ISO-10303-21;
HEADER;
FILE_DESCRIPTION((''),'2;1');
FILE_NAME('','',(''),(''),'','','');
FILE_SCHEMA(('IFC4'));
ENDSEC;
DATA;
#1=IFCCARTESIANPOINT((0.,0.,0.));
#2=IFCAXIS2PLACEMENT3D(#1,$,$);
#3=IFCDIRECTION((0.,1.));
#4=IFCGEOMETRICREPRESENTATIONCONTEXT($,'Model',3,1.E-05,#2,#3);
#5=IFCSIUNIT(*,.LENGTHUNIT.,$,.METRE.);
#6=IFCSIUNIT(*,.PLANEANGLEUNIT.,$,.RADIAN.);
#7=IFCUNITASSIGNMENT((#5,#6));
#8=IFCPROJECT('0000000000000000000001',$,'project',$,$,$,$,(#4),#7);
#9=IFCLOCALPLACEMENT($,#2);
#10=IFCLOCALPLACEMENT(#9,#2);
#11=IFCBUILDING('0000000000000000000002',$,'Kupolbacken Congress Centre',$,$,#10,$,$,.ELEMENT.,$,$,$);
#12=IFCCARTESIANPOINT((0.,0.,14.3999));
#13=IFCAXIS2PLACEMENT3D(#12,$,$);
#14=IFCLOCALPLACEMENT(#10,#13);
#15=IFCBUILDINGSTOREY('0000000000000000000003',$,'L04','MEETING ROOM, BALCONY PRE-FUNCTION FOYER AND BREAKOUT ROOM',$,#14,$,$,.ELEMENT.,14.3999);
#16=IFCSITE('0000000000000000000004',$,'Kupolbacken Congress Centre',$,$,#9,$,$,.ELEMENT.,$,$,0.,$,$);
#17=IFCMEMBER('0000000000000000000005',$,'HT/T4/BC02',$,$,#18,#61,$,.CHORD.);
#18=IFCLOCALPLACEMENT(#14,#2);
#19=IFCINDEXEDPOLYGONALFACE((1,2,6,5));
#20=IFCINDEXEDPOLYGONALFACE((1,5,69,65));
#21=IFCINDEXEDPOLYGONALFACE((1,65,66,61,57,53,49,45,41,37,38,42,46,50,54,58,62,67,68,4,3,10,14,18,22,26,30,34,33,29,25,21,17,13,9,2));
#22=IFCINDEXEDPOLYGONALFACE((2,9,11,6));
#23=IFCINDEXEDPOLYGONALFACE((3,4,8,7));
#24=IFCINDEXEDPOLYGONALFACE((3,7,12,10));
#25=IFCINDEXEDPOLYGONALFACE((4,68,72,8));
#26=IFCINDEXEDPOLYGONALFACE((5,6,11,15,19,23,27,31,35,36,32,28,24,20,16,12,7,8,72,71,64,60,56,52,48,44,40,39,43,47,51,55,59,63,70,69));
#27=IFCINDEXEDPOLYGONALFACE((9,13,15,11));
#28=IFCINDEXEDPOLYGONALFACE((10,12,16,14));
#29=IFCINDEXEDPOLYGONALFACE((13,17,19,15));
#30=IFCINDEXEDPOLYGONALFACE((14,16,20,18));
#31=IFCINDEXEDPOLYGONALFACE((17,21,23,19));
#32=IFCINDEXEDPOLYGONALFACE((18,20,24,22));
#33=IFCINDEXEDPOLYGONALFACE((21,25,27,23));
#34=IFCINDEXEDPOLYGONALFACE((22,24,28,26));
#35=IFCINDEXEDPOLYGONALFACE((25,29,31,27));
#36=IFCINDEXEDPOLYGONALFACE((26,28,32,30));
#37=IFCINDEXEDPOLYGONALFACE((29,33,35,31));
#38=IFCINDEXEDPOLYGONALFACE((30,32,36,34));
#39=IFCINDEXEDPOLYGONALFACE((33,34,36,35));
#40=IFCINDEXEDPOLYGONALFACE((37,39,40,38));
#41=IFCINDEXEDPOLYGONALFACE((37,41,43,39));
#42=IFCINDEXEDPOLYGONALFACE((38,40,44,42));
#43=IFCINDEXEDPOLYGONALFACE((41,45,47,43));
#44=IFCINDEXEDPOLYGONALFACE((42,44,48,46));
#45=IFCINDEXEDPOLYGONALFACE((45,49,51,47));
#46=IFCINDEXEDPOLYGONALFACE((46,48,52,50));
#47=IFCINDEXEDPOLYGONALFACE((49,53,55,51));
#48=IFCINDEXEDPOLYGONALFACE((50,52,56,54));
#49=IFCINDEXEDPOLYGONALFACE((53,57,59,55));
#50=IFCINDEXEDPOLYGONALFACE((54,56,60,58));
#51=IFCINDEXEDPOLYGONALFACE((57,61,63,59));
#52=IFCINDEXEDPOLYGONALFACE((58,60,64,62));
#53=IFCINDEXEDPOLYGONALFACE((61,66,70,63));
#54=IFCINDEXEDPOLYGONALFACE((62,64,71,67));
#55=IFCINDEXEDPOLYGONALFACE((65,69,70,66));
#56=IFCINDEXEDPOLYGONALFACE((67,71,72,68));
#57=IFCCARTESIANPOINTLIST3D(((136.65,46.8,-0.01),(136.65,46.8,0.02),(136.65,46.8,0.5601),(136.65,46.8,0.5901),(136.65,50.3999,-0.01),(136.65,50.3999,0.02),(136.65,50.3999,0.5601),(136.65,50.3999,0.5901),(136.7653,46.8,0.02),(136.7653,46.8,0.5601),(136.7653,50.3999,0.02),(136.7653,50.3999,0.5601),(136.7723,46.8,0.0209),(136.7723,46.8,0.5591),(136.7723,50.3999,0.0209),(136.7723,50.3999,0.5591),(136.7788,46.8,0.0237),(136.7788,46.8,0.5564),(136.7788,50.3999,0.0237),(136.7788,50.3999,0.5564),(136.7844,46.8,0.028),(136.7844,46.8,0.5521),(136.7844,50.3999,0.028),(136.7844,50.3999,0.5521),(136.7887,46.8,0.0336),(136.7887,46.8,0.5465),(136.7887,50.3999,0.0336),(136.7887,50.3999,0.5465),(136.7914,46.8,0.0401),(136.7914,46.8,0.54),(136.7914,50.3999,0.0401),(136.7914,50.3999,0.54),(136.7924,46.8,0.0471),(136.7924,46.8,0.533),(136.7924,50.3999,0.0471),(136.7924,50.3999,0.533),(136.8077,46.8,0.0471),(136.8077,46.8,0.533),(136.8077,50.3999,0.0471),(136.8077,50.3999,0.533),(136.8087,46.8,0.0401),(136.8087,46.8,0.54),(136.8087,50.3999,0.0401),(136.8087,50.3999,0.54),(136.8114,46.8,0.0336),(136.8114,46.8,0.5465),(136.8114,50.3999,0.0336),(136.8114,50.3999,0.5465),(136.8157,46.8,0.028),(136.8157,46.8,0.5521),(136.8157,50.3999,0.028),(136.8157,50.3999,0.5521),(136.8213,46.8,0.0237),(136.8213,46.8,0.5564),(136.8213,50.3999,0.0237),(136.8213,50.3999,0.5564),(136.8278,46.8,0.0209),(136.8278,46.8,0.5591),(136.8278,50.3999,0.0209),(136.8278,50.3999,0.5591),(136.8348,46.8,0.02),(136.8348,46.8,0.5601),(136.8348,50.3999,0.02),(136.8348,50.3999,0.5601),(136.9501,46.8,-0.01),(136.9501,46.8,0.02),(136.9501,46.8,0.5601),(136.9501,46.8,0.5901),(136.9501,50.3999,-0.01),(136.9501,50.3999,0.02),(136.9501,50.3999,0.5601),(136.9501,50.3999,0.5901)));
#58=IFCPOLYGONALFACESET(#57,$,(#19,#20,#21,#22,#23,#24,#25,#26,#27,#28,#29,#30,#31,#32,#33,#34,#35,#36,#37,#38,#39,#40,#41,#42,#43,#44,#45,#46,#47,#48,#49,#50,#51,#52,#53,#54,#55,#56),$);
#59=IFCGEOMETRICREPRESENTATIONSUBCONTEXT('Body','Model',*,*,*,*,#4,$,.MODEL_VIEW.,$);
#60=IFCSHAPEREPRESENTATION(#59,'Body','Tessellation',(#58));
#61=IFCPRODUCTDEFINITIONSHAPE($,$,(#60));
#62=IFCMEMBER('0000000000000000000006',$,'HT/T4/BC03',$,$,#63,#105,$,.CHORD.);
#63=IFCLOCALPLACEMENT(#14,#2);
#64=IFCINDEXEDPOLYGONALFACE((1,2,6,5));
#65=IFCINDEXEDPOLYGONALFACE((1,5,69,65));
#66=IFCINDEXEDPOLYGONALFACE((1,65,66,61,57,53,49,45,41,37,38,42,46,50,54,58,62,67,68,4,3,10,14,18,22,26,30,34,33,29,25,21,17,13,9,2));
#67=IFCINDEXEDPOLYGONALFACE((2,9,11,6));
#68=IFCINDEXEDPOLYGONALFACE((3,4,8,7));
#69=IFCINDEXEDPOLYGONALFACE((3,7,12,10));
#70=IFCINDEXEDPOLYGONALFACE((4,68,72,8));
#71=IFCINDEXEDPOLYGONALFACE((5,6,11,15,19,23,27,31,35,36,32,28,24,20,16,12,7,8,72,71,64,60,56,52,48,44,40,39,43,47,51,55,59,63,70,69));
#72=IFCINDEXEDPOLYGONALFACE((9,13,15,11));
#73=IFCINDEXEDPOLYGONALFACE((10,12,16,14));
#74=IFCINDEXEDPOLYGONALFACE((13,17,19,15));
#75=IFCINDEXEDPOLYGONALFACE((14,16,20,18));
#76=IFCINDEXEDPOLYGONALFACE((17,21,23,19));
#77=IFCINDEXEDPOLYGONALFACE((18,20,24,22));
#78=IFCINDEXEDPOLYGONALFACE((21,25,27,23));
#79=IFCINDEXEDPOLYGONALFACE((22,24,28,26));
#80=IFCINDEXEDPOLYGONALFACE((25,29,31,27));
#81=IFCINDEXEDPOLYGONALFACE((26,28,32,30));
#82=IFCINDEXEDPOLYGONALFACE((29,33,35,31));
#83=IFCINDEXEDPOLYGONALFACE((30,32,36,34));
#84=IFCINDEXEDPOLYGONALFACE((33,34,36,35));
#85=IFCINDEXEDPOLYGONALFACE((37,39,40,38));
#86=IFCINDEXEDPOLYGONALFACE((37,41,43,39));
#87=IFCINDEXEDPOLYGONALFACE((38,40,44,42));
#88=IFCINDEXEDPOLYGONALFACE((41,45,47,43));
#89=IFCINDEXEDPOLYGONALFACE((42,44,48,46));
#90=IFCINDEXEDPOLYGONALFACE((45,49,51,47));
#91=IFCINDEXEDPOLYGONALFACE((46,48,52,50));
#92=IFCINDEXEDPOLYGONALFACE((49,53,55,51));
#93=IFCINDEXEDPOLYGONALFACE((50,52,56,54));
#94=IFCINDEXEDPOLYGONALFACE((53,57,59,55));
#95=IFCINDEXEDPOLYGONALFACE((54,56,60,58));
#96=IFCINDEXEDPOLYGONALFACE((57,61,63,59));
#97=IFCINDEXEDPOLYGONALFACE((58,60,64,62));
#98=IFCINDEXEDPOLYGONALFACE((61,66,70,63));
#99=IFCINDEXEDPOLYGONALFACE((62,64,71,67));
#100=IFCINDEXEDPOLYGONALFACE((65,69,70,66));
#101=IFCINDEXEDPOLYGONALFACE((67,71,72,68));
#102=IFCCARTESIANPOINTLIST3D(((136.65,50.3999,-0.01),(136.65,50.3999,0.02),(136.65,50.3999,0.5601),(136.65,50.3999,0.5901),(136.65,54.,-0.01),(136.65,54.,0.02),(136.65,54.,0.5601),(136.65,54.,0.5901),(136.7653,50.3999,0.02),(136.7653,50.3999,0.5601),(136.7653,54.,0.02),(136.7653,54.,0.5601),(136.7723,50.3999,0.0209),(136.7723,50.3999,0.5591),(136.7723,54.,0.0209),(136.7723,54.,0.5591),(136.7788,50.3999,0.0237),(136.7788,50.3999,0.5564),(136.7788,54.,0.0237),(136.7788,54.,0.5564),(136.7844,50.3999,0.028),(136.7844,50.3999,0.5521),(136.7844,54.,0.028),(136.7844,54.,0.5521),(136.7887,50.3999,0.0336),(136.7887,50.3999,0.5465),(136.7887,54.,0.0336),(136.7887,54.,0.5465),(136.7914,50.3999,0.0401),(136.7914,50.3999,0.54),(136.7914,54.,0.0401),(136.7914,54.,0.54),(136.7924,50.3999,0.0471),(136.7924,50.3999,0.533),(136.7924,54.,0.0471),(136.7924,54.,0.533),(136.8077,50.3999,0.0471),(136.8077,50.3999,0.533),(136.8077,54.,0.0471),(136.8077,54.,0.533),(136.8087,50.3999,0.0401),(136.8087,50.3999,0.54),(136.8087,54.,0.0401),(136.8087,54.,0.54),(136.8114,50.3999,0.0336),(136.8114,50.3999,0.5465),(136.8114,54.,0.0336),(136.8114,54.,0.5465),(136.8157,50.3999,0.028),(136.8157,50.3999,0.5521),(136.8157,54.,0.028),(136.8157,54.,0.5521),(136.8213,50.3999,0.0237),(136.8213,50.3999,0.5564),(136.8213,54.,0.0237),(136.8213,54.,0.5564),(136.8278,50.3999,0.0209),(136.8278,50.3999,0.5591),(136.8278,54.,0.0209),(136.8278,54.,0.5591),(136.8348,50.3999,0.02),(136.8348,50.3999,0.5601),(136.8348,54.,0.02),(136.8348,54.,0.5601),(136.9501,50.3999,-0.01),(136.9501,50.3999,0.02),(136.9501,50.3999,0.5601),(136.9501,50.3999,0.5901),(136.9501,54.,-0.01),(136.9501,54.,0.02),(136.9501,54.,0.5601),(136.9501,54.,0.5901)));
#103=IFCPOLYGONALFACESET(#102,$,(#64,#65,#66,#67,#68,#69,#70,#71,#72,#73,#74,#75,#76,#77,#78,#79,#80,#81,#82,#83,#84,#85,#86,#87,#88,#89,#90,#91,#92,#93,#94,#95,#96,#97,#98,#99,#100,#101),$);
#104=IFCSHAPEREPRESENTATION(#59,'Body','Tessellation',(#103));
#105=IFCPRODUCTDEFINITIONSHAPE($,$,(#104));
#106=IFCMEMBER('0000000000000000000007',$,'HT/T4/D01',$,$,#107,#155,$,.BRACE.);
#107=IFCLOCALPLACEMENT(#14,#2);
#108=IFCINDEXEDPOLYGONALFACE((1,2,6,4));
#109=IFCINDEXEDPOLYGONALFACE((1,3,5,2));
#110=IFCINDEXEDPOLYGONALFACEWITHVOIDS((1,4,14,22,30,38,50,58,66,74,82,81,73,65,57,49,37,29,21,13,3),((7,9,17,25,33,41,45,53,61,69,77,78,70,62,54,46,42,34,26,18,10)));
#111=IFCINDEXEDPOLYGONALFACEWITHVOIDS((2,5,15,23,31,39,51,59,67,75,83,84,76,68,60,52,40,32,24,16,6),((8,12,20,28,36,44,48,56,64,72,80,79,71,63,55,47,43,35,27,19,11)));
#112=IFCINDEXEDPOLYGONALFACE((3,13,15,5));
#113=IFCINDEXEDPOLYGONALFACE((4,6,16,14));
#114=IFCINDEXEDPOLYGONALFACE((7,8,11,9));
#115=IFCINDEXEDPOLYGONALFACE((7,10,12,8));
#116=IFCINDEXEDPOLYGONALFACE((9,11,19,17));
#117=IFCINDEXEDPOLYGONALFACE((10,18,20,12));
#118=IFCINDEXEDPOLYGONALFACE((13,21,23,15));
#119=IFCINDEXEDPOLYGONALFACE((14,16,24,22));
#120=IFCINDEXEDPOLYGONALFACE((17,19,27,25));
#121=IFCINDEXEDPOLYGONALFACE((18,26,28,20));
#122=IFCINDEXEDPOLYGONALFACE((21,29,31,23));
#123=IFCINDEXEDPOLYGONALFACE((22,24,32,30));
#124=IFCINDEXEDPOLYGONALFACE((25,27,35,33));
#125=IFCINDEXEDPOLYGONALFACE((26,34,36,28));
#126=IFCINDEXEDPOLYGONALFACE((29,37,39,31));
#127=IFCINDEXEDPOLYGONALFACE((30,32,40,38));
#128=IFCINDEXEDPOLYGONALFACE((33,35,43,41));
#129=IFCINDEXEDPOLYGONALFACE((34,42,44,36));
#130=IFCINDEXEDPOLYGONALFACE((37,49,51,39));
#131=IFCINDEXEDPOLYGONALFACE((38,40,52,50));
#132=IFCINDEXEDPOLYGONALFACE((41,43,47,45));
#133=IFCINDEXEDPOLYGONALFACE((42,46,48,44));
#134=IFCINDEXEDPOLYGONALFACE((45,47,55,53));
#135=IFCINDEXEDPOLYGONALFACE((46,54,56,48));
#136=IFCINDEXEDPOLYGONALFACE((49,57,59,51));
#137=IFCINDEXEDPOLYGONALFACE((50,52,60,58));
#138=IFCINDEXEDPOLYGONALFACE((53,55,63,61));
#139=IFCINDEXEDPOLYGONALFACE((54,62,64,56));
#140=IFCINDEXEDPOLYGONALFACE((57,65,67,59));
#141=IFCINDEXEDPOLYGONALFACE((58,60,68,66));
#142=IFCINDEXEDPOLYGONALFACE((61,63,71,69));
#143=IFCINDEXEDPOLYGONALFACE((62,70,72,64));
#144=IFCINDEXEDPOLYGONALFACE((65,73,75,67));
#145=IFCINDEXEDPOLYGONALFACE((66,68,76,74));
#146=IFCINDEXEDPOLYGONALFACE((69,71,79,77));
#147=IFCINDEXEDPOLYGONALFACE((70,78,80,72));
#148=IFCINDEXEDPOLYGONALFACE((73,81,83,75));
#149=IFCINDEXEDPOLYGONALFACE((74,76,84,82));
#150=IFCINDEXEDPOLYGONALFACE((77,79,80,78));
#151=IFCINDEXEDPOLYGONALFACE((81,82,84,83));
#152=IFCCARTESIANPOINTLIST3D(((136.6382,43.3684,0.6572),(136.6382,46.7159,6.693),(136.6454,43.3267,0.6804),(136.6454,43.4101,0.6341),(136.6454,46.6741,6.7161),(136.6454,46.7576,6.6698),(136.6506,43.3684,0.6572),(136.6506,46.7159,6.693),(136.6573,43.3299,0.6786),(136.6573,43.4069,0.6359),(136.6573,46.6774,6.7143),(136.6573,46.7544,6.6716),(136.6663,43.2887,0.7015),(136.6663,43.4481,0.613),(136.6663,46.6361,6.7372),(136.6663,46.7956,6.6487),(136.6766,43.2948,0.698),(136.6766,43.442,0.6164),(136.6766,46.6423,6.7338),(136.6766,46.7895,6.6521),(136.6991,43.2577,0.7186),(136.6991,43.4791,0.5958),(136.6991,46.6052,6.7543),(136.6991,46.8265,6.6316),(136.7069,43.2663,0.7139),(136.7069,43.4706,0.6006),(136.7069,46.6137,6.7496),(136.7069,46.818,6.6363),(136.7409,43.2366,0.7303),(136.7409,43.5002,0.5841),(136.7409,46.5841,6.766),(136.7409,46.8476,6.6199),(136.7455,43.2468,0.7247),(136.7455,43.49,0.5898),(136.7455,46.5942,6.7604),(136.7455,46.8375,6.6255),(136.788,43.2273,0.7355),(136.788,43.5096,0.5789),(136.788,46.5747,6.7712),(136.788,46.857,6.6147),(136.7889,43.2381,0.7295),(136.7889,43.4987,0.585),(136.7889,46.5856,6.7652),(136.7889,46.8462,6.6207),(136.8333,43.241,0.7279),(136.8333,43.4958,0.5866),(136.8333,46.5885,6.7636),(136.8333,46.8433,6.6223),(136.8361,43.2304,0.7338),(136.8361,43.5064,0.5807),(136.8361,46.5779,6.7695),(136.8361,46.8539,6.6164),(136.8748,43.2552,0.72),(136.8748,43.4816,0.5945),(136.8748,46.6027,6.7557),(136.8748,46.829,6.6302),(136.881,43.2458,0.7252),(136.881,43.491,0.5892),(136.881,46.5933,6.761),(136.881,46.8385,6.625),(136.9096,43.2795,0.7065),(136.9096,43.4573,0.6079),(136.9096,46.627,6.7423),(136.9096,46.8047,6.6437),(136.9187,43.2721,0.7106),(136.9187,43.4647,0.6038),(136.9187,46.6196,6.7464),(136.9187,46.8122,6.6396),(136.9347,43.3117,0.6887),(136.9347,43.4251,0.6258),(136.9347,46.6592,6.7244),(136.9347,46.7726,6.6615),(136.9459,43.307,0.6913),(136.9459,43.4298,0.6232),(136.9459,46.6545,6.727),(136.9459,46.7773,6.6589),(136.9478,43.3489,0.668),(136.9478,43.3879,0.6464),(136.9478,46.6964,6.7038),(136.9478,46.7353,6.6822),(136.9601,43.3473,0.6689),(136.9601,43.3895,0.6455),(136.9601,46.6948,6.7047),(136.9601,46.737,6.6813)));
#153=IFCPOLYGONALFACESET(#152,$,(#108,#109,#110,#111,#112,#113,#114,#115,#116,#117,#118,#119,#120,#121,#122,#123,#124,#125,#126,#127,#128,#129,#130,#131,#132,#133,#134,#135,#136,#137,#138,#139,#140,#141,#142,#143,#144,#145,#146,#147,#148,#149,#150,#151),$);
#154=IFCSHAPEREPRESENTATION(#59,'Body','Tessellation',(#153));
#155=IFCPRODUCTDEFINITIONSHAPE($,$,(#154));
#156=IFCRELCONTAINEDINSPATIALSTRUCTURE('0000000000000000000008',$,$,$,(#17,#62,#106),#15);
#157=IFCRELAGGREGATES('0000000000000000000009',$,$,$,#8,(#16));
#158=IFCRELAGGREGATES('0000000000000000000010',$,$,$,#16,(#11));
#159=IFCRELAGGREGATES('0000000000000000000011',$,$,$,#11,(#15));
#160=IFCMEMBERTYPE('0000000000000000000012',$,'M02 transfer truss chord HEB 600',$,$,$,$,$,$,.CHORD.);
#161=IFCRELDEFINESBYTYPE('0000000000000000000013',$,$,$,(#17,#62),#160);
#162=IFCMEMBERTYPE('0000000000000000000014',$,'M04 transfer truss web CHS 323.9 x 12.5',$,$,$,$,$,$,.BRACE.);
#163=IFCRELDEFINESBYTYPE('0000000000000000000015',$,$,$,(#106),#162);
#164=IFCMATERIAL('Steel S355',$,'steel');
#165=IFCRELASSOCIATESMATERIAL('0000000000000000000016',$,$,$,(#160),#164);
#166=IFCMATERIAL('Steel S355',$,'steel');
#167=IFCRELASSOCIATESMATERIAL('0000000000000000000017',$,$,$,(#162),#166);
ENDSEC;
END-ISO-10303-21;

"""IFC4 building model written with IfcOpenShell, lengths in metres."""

from ifc_helpers import new_model, si_unit, direction, frame, origin, origin_2d, place, context, subcontext, project, spatial, hollow_circle, i_section, extrude, material, material_profile, profile_set, type_object, element, save


model = new_model("IFC4")

# Units and contexts
model_context = context("Model", 3, precision=1e-05, world=origin(), true_north=direction((0.0, 1.0)))
body_context = subcontext(model_context, "Body", "Model", "MODEL_VIEW")
ifc_project = project(units=[si_unit("LENGTHUNIT", "METRE"), si_unit("PLANEANGLEUNIT", "RADIAN")], contexts=[model_context])

# Site, building, storey
site_placement = place(None, origin())
site = spatial("IfcSite", under=ifc_project, at=site_placement, Name="Kupolbacken Congress Centre", CompositionType="ELEMENT", RefElevation=0.0)
building_placement = place(site_placement, origin())
building = spatial("IfcBuilding", under=site, at=building_placement, Name="Kupolbacken Congress Centre", CompositionType="ELEMENT")
storey_placement = place(building_placement, frame((0.0, 0.0, 14.3999)))
storey = spatial("IfcBuildingStorey", under=building, at=storey_placement, Name="L04", Description="MEETING ROOM, BALCONY PRE-FUNCTION FOYER AND BREAKOUT ROOM", CompositionType="ELEMENT", Elevation=14.3999)

# Members
ifc_material_1 = material(Name="Steel S355", Category="steel")
ifc_material_profile_1 = material_profile(ifc_material_1, i_section(OverallWidth=0.3, OverallDepth=0.6001, WebThickness=0.0154, FlangeThickness=0.03, FilletRadius=0.0271, at=origin_2d()), Name="HEB 600")
ifc_profile_set_1 = profile_set([ifc_material_profile_1], Name="Steel S355")
member_type_1 = type_object("IfcMemberType", Name="M02 transfer truss chord HEB 600", PredefinedType="CHORD", material=ifc_profile_set_1)
member_1_placement = place(storey_placement, frame((136.8, 46.8, 0.29), z_axis=(0.0, 1.0, 0.0), x_axis=(-1.0, 0.0, 0.0)))
element("IfcMember", 1, at=member_1_placement, inside=storey, type_object=member_type_1, Name="HT/T4/BC02", PredefinedType="CHORD", context=body_context, shape_type="SweptSolid", body=[
    extrude(i_section(OverallWidth=0.3, OverallDepth=0.6001, WebThickness=0.0154, FlangeThickness=0.03, FilletRadius=0.0271, at=origin_2d()), origin(), (0.0, 0.0, 1.0), 3.5999),
])
member_2_placement = place(storey_placement, frame((136.8, 50.3999, 0.29), z_axis=(0.0, 1.0, 0.0), x_axis=(-1.0, 0.0, 0.0)))
element("IfcMember", 2, at=member_2_placement, inside=storey, type_object=member_type_1, Name="HT/T4/BC03", PredefinedType="CHORD", context=body_context, shape_type="SweptSolid", body=[
    extrude(i_section(OverallWidth=0.3, OverallDepth=0.6001, WebThickness=0.0154, FlangeThickness=0.03, FilletRadius=0.0271, at=origin_2d()), origin(), (0.0, 0.0, 1.0), 3.6001),
])
ifc_material_2 = material(Name="Steel S355", Category="steel")
ifc_material_profile_2 = material_profile(ifc_material_2, hollow_circle(Radius=0.1619, WallThickness=0.0125, at=origin_2d()), Name="CHS 323.9 x 12.5")
ifc_profile_set_2 = profile_set([ifc_material_profile_2], Name="Steel S355")
member_type_2 = type_object("IfcMemberType", Name="M04 transfer truss web CHS 323.9 x 12.5", PredefinedType="BRACE", material=ifc_profile_set_2)
member_3_placement = place(storey_placement, frame((136.8, 43.3684, 0.6572), z_axis=(0.0, 0.485009, 0.874509), x_axis=(-1.0, 0.0, 0.0)))
element("IfcMember", 3, at=member_3_placement, inside=storey, type_object=member_type_2, Name="HT/T4/D01", PredefinedType="BRACE", context=body_context, shape_type="SweptSolid", body=[
    extrude(hollow_circle(Radius=0.1619, WallThickness=0.0125, at=origin_2d()), origin(), (0.0, 0.0, 1.0), 6.9019),
])

save(model, "model.ifc")
